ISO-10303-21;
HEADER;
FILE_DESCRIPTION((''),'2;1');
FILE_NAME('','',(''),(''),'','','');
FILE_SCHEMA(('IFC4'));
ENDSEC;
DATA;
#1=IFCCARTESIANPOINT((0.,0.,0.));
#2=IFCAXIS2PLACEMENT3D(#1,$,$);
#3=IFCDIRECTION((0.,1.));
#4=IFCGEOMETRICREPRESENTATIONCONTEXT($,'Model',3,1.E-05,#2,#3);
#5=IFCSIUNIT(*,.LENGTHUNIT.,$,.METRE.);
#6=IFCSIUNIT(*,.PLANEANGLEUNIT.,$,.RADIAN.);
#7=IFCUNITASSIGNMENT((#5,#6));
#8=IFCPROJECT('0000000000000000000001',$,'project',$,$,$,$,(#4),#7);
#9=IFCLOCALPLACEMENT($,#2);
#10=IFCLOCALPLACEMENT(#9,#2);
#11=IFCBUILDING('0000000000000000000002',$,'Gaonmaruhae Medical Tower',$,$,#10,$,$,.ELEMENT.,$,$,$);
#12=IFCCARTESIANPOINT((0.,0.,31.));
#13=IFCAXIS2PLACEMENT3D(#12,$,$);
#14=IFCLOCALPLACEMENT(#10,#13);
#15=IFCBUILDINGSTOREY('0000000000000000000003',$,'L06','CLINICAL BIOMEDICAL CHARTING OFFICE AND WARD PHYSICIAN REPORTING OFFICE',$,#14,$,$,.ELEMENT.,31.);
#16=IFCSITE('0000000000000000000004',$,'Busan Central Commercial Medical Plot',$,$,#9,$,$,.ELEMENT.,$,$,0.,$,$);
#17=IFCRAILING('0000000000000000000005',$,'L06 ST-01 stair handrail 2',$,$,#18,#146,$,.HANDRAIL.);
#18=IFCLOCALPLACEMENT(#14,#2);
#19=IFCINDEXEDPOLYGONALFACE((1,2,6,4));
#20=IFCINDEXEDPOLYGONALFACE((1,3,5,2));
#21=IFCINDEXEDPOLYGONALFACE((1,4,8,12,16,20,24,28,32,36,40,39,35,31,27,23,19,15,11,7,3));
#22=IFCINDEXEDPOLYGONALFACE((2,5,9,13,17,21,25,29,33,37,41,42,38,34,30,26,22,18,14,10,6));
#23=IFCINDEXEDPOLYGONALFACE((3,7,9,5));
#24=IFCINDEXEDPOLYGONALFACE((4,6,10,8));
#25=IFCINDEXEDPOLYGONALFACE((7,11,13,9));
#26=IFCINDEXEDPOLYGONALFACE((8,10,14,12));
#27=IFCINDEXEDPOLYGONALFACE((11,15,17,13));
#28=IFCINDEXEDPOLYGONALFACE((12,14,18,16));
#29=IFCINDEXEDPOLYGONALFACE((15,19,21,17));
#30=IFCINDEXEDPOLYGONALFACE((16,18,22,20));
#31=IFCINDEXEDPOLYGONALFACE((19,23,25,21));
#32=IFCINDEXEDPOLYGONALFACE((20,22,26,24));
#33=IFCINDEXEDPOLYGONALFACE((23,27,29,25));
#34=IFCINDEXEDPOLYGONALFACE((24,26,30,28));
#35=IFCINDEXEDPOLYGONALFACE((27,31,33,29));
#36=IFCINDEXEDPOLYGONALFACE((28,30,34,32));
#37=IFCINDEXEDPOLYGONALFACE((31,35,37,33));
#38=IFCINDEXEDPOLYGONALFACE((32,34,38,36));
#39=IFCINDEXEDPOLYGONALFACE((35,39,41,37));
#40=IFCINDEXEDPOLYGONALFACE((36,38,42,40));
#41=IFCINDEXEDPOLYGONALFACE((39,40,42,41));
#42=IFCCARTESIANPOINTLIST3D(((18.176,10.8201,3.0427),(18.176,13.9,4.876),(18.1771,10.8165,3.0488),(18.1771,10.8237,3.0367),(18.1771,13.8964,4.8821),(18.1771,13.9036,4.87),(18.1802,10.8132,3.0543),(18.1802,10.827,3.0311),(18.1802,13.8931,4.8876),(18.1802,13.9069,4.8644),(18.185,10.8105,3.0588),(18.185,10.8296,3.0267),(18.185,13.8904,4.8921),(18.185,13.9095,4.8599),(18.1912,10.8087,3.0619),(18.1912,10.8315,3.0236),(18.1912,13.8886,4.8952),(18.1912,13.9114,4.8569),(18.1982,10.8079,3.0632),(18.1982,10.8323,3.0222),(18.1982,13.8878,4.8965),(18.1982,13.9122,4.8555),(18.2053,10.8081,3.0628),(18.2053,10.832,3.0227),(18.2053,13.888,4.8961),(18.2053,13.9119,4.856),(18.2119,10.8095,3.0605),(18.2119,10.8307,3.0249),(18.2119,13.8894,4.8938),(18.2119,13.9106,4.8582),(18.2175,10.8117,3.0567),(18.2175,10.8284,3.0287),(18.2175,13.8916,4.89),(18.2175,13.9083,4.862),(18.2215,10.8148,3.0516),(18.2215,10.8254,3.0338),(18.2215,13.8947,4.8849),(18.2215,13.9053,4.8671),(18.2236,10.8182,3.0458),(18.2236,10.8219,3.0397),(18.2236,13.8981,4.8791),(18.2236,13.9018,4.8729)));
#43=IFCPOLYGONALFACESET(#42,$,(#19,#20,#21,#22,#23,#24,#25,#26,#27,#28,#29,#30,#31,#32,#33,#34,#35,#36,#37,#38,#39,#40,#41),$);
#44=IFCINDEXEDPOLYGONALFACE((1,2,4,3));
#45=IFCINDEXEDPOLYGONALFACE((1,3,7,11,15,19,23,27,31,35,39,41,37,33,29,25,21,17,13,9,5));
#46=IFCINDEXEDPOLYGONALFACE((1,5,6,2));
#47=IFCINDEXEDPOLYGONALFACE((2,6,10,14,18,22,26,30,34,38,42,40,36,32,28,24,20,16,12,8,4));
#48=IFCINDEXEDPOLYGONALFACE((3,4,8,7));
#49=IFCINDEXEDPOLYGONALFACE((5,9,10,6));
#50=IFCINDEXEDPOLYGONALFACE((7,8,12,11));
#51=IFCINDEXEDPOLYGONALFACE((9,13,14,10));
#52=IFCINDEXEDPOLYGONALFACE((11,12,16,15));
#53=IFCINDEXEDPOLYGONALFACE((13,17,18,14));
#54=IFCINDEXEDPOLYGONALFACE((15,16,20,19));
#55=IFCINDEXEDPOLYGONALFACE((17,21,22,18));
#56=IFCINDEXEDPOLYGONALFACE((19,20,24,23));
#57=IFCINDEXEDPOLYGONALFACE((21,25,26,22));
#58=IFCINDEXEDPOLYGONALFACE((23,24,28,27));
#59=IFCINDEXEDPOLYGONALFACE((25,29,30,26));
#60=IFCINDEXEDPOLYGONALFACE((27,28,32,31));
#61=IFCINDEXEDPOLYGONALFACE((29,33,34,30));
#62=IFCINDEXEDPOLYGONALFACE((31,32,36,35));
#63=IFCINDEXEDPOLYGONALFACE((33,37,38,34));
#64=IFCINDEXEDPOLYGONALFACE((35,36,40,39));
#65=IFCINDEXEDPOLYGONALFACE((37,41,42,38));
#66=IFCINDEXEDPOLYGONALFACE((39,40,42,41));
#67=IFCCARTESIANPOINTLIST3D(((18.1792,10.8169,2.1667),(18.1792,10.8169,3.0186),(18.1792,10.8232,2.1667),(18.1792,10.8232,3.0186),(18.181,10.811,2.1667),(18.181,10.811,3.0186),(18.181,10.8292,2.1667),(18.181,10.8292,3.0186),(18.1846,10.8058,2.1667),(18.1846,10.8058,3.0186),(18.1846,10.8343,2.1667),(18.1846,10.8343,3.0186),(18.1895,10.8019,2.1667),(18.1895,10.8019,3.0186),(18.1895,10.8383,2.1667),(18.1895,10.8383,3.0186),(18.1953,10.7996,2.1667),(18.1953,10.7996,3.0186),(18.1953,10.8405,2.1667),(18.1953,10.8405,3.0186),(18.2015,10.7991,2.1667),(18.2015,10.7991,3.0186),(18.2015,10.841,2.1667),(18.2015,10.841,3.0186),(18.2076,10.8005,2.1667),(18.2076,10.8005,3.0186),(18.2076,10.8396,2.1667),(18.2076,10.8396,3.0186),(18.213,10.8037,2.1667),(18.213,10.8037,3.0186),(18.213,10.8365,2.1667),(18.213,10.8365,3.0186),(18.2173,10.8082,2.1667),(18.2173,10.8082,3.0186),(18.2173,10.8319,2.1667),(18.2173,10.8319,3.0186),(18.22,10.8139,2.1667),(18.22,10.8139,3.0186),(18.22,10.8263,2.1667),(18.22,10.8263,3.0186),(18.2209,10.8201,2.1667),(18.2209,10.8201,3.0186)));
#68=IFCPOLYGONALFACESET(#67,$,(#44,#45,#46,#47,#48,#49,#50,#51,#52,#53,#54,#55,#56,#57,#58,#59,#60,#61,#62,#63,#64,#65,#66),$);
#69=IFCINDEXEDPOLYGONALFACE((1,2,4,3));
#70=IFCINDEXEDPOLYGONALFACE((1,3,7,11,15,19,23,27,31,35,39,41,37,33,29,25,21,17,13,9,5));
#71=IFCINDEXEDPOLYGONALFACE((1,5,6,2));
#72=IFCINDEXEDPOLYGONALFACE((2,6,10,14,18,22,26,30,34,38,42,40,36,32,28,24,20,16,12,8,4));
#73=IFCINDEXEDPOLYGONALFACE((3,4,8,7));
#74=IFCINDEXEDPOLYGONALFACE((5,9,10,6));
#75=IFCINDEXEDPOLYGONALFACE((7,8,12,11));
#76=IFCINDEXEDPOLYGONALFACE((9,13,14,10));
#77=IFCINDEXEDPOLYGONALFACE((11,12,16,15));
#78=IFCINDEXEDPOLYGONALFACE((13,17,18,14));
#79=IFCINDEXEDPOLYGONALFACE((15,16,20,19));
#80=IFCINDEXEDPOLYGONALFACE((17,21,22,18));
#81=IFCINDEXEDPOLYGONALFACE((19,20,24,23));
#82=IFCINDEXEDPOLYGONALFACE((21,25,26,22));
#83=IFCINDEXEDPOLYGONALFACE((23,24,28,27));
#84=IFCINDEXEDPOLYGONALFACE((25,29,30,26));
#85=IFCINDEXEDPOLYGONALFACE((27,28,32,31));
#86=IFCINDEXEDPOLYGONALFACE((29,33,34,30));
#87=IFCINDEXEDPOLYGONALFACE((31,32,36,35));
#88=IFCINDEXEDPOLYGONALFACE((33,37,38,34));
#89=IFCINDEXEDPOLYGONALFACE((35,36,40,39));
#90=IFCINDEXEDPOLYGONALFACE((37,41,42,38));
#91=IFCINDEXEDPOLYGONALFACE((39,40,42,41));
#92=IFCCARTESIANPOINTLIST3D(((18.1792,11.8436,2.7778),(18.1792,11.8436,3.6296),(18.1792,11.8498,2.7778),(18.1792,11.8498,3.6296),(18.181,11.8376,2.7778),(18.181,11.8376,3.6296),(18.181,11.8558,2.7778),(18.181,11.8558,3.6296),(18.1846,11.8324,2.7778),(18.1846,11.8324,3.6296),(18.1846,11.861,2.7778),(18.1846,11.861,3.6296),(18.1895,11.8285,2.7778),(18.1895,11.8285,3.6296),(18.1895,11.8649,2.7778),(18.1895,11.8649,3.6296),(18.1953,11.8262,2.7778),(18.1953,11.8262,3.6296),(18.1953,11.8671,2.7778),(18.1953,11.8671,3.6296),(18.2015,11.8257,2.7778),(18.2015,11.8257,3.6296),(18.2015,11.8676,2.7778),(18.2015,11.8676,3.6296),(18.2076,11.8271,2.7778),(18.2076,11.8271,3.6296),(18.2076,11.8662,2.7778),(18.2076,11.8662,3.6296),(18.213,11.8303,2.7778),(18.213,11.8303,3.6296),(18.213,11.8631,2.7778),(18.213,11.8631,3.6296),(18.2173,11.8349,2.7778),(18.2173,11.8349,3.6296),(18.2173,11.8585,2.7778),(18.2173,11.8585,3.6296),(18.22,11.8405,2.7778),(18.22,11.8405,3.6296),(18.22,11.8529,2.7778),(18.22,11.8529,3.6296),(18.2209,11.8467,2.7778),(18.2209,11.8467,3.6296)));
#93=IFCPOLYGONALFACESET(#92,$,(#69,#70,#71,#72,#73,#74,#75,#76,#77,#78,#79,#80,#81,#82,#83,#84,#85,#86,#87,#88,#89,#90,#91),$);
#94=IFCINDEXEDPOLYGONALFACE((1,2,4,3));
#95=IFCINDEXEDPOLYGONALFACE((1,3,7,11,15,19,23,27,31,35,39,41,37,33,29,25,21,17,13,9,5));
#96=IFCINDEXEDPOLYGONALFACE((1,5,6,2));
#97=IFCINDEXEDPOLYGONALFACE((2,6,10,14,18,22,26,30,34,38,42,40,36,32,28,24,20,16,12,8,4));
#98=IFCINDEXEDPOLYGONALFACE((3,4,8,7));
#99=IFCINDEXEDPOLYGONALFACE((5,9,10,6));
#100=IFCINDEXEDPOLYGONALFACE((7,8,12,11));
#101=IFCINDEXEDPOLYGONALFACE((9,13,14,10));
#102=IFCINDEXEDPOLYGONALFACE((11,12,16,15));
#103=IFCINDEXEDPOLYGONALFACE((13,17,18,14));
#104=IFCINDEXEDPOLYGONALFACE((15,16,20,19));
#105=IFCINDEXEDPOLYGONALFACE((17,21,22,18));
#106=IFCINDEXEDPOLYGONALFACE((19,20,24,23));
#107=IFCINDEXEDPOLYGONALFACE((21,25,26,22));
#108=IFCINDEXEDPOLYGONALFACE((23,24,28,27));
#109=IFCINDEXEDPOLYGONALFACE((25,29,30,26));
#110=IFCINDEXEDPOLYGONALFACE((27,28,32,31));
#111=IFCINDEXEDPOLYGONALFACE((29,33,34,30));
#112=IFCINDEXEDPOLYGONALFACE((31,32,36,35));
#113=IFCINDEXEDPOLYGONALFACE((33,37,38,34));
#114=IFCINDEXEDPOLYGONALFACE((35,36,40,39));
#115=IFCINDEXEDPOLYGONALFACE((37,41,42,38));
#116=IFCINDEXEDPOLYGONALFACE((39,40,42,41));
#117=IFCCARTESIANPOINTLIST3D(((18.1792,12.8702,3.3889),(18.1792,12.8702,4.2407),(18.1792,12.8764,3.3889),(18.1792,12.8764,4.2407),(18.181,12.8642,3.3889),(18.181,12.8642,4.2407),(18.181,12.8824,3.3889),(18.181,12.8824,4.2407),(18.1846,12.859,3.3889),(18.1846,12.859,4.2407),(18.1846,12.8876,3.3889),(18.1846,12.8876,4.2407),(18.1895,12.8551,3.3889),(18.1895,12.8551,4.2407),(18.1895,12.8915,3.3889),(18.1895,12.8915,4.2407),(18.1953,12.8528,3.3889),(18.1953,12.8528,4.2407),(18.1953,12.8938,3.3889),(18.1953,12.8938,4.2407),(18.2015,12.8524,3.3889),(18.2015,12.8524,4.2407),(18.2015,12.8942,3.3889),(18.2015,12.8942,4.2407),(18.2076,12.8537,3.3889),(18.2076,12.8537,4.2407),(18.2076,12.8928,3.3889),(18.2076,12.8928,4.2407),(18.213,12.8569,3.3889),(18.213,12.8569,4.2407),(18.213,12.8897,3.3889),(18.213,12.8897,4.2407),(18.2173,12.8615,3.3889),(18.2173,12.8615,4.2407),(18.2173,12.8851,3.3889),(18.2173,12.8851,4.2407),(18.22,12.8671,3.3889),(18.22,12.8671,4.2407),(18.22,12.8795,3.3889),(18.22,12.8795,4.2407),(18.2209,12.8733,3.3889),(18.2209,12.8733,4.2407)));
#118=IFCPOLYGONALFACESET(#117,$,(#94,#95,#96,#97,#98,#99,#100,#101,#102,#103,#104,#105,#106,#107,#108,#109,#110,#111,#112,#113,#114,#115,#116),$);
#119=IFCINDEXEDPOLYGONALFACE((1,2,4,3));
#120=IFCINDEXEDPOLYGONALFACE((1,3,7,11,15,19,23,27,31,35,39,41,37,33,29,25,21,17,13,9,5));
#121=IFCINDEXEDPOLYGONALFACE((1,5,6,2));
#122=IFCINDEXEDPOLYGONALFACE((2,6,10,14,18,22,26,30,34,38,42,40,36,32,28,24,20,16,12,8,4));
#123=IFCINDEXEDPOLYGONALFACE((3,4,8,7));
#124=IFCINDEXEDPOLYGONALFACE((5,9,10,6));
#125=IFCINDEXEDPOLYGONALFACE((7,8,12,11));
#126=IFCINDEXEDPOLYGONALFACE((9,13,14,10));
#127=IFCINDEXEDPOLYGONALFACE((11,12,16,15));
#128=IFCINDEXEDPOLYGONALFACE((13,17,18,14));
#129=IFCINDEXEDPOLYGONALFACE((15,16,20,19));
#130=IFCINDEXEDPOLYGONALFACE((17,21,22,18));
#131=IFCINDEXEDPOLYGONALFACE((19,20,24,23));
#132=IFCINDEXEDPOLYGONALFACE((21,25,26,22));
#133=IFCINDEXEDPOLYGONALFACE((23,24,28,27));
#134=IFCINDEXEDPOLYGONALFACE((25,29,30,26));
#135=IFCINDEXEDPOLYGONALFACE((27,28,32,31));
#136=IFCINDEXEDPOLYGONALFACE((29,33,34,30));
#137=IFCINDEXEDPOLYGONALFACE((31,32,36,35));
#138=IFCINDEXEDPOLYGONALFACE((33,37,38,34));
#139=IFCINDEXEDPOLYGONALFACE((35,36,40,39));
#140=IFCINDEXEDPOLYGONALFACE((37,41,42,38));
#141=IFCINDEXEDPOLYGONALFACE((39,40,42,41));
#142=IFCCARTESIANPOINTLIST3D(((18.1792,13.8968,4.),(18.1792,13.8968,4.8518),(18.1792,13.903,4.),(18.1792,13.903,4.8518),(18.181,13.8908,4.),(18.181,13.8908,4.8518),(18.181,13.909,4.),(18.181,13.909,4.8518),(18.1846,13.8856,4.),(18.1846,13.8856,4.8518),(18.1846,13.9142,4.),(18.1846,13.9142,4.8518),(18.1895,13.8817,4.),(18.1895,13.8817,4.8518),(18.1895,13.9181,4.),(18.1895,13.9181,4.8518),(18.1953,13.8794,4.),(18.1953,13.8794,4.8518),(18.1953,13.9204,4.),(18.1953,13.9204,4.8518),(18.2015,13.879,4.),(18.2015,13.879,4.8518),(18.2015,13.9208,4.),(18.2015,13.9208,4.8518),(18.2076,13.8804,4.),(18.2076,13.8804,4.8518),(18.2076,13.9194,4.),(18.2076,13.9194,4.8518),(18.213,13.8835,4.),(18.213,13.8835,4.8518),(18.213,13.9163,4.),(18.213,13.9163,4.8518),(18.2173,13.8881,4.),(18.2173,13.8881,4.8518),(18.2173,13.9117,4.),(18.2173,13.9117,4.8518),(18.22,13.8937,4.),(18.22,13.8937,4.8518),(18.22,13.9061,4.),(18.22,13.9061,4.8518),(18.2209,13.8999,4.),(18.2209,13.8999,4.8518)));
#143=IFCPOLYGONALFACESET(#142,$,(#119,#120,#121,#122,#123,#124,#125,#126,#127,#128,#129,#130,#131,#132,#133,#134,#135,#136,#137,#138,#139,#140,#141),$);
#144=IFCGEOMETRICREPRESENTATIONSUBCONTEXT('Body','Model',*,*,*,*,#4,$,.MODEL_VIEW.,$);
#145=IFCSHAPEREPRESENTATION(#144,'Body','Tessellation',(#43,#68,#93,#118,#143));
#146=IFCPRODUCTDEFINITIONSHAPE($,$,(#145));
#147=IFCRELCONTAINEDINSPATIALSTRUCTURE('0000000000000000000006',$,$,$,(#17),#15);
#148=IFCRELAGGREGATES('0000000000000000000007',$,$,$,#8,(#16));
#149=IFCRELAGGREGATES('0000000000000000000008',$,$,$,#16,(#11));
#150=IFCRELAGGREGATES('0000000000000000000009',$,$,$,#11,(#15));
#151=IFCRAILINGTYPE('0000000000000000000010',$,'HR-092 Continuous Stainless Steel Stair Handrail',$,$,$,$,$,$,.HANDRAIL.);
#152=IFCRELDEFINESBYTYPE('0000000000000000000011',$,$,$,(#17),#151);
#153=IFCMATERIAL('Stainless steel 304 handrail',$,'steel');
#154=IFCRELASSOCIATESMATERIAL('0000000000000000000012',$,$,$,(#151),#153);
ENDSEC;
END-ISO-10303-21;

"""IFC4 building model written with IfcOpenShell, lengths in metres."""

from ifc_helpers import new_model, si_unit, direction, frame, origin, origin_2d, place, context, subcontext, project, spatial, circle, extrude, material, type_object, element, save


model = new_model("IFC4")

# Units and contexts
model_context = context("Model", 3, precision=1e-05, world=origin(), true_north=direction((0.0, 1.0)))
body_context = subcontext(model_context, "Body", "Model", "MODEL_VIEW")
ifc_project = project(units=[si_unit("LENGTHUNIT", "METRE"), si_unit("PLANEANGLEUNIT", "RADIAN")], contexts=[model_context])

# Site, building, storey
site_placement = place(None, origin())
site = spatial("IfcSite", under=ifc_project, at=site_placement, Name="Busan Central Commercial Medical Plot", CompositionType="ELEMENT", RefElevation=0.0)
building_placement = place(site_placement, origin())
building = spatial("IfcBuilding", under=site, at=building_placement, Name="Gaonmaruhae Medical Tower", CompositionType="ELEMENT")
storey_placement = place(building_placement, frame((0.0, 0.0, 31.0)))
storey = spatial("IfcBuildingStorey", under=building, at=storey_placement, Name="L06", Description="CLINICAL BIOMEDICAL CHARTING OFFICE AND WARD PHYSICIAN REPORTING OFFICE", CompositionType="ELEMENT", Elevation=31.0)

# Railing
ifc_material_1 = material(Name="Stainless steel 304 handrail", Category="steel")
railing_type_1 = type_object("IfcRailingType", Name="HR-092 Continuous Stainless Steel Stair Handrail", PredefinedType="HANDRAIL", material=ifc_material_1)
railing_1_placement = place(storey_placement, frame((18.2, 10.8201, 2.1667)))
element("IfcRailing", 1, at=railing_1_placement, inside=storey, type_object=railing_type_1, Name="L06 ST-01 stair handrail 2", PredefinedType="HANDRAIL", context=body_context, shape_type="SweptSolid", body=[
    extrude(circle(Radius=0.0239, at=origin_2d()), frame((0.0, 0.0, 0.876), z_axis=(0.0, 0.859291, 0.511487), x_axis=(-1.0, 0.0, 0.0)), (0.0, 0.0, 1.0), 3.5842),
    extrude(circle(Radius=0.021, at=origin_2d()), origin(), (0.0, 0.0, 1.0), 0.8518),
    extrude(circle(Radius=0.021, at=origin_2d()), frame((0.0, 1.0266, 0.6111)), (0.0, 0.0, 1.0), 0.8518),
    extrude(circle(Radius=0.021, at=origin_2d()), frame((0.0, 2.0532, 1.2222)), (0.0, 0.0, 1.0), 0.8518),
    extrude(circle(Radius=0.021, at=origin_2d()), frame((0.0, 3.0798, 1.8333)), (0.0, 0.0, 1.0), 0.8518),
])

save(model, "model.ifc")
